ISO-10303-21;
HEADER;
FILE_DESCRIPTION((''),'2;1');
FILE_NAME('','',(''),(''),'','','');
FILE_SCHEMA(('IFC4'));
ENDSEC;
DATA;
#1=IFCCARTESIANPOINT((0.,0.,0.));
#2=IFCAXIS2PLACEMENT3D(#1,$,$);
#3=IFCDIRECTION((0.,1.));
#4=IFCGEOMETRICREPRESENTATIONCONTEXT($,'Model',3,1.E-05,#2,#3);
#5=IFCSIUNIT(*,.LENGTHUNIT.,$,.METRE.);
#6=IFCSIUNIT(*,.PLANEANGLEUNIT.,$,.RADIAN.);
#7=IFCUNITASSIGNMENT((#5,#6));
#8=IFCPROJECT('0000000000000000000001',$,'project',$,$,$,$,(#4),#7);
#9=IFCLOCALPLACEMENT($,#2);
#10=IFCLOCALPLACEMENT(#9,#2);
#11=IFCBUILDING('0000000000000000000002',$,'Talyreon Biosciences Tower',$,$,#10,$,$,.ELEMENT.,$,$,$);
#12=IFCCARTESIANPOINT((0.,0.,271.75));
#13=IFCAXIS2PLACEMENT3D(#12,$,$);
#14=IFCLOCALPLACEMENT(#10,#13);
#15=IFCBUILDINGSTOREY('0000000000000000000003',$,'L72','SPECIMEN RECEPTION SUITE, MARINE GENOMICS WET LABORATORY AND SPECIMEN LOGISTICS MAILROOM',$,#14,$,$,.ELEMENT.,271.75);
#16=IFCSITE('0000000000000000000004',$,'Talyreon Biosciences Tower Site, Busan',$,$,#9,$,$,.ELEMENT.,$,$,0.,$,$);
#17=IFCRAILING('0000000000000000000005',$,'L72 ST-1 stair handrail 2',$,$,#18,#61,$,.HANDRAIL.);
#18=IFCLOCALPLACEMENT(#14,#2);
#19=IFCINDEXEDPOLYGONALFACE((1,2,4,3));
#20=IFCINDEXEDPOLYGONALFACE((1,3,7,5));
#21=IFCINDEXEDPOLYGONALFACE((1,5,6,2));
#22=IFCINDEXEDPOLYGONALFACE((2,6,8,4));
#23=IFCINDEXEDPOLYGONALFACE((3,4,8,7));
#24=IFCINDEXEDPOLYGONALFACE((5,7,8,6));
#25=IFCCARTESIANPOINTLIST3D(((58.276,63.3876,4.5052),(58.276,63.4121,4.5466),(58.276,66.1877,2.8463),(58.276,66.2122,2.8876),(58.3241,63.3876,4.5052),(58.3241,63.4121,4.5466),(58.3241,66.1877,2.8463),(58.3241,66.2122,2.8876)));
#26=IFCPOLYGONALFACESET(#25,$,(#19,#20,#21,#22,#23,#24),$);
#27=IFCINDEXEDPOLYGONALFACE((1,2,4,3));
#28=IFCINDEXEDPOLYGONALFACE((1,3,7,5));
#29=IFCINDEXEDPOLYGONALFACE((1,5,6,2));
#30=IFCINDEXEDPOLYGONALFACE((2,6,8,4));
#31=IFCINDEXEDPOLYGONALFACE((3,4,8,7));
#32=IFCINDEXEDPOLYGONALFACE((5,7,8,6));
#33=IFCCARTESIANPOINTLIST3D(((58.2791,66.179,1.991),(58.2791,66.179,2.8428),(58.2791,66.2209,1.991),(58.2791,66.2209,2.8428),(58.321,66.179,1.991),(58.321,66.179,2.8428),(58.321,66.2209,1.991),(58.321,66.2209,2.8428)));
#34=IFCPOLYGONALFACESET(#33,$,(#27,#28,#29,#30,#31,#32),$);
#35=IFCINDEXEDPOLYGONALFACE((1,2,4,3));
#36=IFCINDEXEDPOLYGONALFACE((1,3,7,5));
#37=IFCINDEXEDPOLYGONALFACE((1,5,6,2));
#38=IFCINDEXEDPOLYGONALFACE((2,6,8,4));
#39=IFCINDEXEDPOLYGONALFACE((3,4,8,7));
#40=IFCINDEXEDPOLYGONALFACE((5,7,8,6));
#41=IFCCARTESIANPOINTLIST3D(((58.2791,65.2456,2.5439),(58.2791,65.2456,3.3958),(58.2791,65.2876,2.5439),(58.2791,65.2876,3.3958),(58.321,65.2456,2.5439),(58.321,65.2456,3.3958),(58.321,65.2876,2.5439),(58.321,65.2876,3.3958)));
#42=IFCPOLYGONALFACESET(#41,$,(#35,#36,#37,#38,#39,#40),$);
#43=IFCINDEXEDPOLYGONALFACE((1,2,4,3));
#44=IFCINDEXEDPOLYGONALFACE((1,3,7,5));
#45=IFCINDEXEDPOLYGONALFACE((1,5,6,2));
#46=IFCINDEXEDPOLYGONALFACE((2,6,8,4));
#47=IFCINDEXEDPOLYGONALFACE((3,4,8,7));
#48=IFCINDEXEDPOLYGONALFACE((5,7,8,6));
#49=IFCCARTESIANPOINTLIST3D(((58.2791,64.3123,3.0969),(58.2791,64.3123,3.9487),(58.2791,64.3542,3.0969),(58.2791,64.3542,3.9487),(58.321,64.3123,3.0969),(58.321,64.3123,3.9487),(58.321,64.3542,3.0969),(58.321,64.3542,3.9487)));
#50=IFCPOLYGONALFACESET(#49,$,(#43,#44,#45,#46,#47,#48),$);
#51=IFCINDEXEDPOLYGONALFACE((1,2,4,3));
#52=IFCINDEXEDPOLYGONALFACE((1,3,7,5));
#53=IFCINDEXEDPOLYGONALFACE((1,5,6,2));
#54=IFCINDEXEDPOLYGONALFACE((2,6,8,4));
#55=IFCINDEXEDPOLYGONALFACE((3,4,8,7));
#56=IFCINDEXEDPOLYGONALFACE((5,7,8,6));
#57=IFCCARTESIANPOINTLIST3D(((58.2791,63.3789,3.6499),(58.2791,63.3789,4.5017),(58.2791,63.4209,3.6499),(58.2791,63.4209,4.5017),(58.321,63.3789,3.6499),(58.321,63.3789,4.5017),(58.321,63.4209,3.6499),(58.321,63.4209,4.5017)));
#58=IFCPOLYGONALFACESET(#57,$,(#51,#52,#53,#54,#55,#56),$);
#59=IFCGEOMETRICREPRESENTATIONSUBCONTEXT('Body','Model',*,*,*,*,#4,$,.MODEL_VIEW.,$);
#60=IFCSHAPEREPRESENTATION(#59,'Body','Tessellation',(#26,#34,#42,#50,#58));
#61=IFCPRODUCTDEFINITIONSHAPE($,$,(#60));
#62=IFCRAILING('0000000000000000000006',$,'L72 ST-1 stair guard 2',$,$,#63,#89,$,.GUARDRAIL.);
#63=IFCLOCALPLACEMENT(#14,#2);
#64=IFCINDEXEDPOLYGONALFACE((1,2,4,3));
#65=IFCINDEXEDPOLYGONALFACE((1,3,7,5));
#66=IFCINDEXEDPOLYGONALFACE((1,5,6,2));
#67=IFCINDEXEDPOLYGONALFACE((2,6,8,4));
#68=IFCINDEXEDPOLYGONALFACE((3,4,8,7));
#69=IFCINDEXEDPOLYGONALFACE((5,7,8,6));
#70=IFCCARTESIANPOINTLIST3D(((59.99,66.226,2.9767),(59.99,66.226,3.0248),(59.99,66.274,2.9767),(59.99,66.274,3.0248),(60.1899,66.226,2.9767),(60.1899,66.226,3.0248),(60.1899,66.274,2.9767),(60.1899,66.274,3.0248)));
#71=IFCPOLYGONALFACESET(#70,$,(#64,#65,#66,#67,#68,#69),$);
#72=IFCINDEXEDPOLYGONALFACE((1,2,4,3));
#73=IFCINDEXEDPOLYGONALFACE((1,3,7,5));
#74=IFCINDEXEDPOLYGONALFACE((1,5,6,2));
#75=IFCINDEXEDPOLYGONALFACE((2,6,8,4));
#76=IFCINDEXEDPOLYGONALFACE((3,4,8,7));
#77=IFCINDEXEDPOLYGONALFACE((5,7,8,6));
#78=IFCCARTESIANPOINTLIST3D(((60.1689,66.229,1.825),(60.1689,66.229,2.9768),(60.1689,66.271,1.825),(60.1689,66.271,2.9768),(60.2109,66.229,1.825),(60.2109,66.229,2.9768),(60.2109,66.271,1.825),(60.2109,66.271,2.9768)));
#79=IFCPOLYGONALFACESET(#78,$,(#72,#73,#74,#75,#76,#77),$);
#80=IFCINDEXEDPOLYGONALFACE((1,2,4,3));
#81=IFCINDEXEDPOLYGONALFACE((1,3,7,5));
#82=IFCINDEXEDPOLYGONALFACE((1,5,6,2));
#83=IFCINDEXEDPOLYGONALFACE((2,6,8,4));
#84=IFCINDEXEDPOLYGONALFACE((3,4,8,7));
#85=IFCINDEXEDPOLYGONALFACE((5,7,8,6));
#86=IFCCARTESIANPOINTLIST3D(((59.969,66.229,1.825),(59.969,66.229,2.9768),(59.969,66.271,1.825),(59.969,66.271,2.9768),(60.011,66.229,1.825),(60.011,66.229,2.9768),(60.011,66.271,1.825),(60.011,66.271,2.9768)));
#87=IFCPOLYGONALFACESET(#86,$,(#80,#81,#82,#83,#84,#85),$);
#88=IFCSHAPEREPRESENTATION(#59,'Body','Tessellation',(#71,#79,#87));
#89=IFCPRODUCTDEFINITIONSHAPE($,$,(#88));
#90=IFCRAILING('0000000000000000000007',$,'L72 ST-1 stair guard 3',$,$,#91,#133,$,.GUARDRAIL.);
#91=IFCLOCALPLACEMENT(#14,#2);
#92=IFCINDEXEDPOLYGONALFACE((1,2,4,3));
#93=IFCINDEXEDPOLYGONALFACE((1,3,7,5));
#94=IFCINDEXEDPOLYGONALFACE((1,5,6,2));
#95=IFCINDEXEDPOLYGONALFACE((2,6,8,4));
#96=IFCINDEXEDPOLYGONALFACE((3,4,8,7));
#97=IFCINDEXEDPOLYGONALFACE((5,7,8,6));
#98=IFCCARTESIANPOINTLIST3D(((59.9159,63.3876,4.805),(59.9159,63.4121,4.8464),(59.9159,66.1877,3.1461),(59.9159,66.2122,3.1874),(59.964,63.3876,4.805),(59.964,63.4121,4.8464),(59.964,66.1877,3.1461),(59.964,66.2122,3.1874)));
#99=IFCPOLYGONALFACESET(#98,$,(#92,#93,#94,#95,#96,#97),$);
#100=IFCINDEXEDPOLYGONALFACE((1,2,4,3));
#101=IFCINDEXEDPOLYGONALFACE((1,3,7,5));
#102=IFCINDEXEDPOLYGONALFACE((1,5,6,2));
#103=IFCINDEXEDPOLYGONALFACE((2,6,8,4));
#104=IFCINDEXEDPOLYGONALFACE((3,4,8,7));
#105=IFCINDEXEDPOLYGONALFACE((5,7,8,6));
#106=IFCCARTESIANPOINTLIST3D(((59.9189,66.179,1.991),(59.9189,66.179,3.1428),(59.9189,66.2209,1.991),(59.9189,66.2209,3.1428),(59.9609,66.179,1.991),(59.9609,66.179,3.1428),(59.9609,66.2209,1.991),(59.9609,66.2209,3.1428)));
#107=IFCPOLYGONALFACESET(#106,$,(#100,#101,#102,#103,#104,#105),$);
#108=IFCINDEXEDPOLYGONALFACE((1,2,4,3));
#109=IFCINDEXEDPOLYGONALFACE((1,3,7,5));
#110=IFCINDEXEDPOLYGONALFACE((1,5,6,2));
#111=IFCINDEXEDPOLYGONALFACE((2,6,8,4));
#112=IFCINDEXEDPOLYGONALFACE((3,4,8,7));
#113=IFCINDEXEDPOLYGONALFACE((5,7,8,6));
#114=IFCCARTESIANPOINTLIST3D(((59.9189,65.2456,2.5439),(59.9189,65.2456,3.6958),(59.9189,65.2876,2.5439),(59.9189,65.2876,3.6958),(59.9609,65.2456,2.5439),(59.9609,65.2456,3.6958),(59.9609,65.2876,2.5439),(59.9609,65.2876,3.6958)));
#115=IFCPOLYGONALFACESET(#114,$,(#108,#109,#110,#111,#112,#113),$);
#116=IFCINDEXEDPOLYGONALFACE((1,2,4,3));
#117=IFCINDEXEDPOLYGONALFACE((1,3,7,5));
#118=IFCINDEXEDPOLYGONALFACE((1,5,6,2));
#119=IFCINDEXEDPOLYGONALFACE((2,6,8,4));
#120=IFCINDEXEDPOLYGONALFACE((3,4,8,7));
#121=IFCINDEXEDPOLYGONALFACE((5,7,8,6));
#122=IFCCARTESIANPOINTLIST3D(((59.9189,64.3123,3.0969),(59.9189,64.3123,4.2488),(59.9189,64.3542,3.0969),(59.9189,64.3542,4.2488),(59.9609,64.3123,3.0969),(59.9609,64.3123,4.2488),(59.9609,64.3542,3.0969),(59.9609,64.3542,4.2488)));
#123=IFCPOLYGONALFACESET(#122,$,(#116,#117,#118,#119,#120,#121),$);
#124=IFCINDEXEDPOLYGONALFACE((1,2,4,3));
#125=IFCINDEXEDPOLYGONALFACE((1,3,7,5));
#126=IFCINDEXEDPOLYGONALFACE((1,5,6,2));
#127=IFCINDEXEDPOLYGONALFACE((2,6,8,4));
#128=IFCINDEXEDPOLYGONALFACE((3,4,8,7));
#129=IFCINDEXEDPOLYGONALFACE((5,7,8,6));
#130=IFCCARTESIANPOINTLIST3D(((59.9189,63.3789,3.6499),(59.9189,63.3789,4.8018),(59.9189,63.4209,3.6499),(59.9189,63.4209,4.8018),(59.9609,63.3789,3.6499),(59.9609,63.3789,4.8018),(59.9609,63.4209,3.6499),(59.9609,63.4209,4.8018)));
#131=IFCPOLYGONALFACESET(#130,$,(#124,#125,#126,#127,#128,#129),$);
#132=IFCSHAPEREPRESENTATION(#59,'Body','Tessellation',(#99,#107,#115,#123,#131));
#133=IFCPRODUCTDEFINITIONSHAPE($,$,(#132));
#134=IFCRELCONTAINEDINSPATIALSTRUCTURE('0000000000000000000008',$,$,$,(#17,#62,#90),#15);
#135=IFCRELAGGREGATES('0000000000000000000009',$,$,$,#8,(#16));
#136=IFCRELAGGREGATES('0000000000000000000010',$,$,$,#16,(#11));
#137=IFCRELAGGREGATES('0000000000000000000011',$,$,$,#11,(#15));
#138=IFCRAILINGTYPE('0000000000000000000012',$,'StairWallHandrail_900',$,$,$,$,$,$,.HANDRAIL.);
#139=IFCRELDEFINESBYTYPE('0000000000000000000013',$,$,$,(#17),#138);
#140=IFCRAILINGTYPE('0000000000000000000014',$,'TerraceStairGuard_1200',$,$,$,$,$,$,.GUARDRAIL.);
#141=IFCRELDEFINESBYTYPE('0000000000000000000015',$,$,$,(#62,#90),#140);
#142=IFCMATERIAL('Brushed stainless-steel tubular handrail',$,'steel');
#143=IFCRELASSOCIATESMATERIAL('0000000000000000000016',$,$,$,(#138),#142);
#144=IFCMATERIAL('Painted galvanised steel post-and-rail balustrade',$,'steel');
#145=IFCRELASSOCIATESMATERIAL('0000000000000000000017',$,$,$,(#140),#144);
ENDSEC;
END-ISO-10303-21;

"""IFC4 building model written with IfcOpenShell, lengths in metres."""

from ifc_helpers import new_model, si_unit, direction, frame, origin, origin_2d, place, context, subcontext, project, spatial, rectangle, extrude, material, type_object, element, save


model = new_model("IFC4")

# Units and contexts
model_context = context("Model", 3, precision=1e-05, world=origin(), true_north=direction((0.0, 1.0)))
body_context = subcontext(model_context, "Body", "Model", "MODEL_VIEW")
ifc_project = project(units=[si_unit("LENGTHUNIT", "METRE"), si_unit("PLANEANGLEUNIT", "RADIAN")], contexts=[model_context])

# Site, building, storey
site_placement = place(None, origin())
site = spatial("IfcSite", under=ifc_project, at=site_placement, Name="Talyreon Biosciences Tower Site, Busan", CompositionType="ELEMENT", RefElevation=0.0)
building_placement = place(site_placement, origin())
building = spatial("IfcBuilding", under=site, at=building_placement, Name="Talyreon Biosciences Tower", CompositionType="ELEMENT")
storey_placement = place(building_placement, frame((0.0, 0.0, 271.75)))
storey = spatial("IfcBuildingStorey", under=building, at=storey_placement, Name="L72", Description="SPECIMEN RECEPTION SUITE, MARINE GENOMICS WET LABORATORY AND SPECIMEN LOGISTICS MAILROOM", CompositionType="ELEMENT", Elevation=271.75)

# Railings
ifc_material_1 = material(Name="Brushed stainless-steel tubular handrail", Category="steel")
railing_type_1 = type_object("IfcRailingType", Name="StairWallHandrail_900", PredefinedType="HANDRAIL", material=ifc_material_1)
railing_1_placement = place(storey_placement, frame((58.3, 66.2, 1.991)))
element("IfcRailing", 1, at=railing_1_placement, inside=storey, type_object=railing_type_1, Name="L72 ST-1 stair handrail 2", PredefinedType="HANDRAIL", context=body_context, shape_type="SweptSolid", body=[
    extrude(rectangle(XDim=0.0481, YDim=0.0481, at=origin_2d()), frame((0.0, 0.0, 0.876), z_axis=(0.0, -0.860339, 0.509722), x_axis=(1.0, 0.0, 0.0)), (0.0, 0.0, 1.0), 3.2546),
    extrude(rectangle(XDim=0.042, YDim=0.042, at=origin_2d()), origin(), (0.0, 0.0, 1.0), 0.8518),
    extrude(rectangle(XDim=0.042, YDim=0.042, at=origin_2d()), frame((0.0, -0.9333, 0.553)), (0.0, 0.0, 1.0), 0.8518),
    extrude(rectangle(XDim=0.042, YDim=0.042, at=origin_2d()), frame((0.0, -1.8667, 1.106)), (0.0, 0.0, 1.0), 0.8518),
    extrude(rectangle(XDim=0.042, YDim=0.042, at=origin_2d()), frame((0.0, -2.8, 1.6589)), (0.0, 0.0, 1.0), 0.8518),
])
ifc_material_2 = material(Name="Painted galvanised steel post-and-rail balustrade", Category="steel")
railing_type_2 = type_object("IfcRailingType", Name="TerraceStairGuard_1200", PredefinedType="GUARDRAIL", material=ifc_material_2)
railing_2_placement = place(storey_placement, frame((60.1899, 66.25, 1.825)))
element("IfcRailing", 2, at=railing_2_placement, inside=storey, type_object=railing_type_2, Name="L72 ST-1 stair guard 2", PredefinedType="GUARDRAIL", context=body_context, shape_type="SweptSolid", body=[
    extrude(rectangle(XDim=0.0481, YDim=0.0481, at=origin_2d()), frame((0.0, 0.0, 1.1758), z_axis=(-1.0, 0.0, 0.0), x_axis=(0.0, -1.0, 0.0)), (0.0, 0.0, 1.0), 0.2),
    extrude(rectangle(XDim=0.042, YDim=0.042, at=origin_2d()), origin(), (0.0, 0.0, 1.0), 1.1519),
    extrude(rectangle(XDim=0.042, YDim=0.042, at=origin_2d()), frame((-0.2, 0.0, 0.0)), (0.0, 0.0, 1.0), 1.1519),
])
railing_3_placement = place(storey_placement, frame((59.9399, 66.2, 1.991)))
element("IfcRailing", 3, at=railing_3_placement, inside=storey, type_object=railing_type_2, Name="L72 ST-1 stair guard 3", PredefinedType="GUARDRAIL", context=body_context, shape_type="SweptSolid", body=[
    extrude(rectangle(XDim=0.0481, YDim=0.0481, at=origin_2d()), frame((0.0, 0.0, 1.1758), z_axis=(0.0, -0.860339, 0.509722), x_axis=(1.0, 0.0, 0.0)), (0.0, 0.0, 1.0), 3.2546),
    extrude(rectangle(XDim=0.042, YDim=0.042, at=origin_2d()), origin(), (0.0, 0.0, 1.0), 1.1519),
    extrude(rectangle(XDim=0.042, YDim=0.042, at=origin_2d()), frame((0.0, -0.9333, 0.553)), (0.0, 0.0, 1.0), 1.1519),
    extrude(rectangle(XDim=0.042, YDim=0.042, at=origin_2d()), frame((0.0, -1.8667, 1.106)), (0.0, 0.0, 1.0), 1.1519),
    extrude(rectangle(XDim=0.042, YDim=0.042, at=origin_2d()), frame((0.0, -2.8, 1.6589)), (0.0, 0.0, 1.0), 1.1519),
])

save(model, "model.ifc")
